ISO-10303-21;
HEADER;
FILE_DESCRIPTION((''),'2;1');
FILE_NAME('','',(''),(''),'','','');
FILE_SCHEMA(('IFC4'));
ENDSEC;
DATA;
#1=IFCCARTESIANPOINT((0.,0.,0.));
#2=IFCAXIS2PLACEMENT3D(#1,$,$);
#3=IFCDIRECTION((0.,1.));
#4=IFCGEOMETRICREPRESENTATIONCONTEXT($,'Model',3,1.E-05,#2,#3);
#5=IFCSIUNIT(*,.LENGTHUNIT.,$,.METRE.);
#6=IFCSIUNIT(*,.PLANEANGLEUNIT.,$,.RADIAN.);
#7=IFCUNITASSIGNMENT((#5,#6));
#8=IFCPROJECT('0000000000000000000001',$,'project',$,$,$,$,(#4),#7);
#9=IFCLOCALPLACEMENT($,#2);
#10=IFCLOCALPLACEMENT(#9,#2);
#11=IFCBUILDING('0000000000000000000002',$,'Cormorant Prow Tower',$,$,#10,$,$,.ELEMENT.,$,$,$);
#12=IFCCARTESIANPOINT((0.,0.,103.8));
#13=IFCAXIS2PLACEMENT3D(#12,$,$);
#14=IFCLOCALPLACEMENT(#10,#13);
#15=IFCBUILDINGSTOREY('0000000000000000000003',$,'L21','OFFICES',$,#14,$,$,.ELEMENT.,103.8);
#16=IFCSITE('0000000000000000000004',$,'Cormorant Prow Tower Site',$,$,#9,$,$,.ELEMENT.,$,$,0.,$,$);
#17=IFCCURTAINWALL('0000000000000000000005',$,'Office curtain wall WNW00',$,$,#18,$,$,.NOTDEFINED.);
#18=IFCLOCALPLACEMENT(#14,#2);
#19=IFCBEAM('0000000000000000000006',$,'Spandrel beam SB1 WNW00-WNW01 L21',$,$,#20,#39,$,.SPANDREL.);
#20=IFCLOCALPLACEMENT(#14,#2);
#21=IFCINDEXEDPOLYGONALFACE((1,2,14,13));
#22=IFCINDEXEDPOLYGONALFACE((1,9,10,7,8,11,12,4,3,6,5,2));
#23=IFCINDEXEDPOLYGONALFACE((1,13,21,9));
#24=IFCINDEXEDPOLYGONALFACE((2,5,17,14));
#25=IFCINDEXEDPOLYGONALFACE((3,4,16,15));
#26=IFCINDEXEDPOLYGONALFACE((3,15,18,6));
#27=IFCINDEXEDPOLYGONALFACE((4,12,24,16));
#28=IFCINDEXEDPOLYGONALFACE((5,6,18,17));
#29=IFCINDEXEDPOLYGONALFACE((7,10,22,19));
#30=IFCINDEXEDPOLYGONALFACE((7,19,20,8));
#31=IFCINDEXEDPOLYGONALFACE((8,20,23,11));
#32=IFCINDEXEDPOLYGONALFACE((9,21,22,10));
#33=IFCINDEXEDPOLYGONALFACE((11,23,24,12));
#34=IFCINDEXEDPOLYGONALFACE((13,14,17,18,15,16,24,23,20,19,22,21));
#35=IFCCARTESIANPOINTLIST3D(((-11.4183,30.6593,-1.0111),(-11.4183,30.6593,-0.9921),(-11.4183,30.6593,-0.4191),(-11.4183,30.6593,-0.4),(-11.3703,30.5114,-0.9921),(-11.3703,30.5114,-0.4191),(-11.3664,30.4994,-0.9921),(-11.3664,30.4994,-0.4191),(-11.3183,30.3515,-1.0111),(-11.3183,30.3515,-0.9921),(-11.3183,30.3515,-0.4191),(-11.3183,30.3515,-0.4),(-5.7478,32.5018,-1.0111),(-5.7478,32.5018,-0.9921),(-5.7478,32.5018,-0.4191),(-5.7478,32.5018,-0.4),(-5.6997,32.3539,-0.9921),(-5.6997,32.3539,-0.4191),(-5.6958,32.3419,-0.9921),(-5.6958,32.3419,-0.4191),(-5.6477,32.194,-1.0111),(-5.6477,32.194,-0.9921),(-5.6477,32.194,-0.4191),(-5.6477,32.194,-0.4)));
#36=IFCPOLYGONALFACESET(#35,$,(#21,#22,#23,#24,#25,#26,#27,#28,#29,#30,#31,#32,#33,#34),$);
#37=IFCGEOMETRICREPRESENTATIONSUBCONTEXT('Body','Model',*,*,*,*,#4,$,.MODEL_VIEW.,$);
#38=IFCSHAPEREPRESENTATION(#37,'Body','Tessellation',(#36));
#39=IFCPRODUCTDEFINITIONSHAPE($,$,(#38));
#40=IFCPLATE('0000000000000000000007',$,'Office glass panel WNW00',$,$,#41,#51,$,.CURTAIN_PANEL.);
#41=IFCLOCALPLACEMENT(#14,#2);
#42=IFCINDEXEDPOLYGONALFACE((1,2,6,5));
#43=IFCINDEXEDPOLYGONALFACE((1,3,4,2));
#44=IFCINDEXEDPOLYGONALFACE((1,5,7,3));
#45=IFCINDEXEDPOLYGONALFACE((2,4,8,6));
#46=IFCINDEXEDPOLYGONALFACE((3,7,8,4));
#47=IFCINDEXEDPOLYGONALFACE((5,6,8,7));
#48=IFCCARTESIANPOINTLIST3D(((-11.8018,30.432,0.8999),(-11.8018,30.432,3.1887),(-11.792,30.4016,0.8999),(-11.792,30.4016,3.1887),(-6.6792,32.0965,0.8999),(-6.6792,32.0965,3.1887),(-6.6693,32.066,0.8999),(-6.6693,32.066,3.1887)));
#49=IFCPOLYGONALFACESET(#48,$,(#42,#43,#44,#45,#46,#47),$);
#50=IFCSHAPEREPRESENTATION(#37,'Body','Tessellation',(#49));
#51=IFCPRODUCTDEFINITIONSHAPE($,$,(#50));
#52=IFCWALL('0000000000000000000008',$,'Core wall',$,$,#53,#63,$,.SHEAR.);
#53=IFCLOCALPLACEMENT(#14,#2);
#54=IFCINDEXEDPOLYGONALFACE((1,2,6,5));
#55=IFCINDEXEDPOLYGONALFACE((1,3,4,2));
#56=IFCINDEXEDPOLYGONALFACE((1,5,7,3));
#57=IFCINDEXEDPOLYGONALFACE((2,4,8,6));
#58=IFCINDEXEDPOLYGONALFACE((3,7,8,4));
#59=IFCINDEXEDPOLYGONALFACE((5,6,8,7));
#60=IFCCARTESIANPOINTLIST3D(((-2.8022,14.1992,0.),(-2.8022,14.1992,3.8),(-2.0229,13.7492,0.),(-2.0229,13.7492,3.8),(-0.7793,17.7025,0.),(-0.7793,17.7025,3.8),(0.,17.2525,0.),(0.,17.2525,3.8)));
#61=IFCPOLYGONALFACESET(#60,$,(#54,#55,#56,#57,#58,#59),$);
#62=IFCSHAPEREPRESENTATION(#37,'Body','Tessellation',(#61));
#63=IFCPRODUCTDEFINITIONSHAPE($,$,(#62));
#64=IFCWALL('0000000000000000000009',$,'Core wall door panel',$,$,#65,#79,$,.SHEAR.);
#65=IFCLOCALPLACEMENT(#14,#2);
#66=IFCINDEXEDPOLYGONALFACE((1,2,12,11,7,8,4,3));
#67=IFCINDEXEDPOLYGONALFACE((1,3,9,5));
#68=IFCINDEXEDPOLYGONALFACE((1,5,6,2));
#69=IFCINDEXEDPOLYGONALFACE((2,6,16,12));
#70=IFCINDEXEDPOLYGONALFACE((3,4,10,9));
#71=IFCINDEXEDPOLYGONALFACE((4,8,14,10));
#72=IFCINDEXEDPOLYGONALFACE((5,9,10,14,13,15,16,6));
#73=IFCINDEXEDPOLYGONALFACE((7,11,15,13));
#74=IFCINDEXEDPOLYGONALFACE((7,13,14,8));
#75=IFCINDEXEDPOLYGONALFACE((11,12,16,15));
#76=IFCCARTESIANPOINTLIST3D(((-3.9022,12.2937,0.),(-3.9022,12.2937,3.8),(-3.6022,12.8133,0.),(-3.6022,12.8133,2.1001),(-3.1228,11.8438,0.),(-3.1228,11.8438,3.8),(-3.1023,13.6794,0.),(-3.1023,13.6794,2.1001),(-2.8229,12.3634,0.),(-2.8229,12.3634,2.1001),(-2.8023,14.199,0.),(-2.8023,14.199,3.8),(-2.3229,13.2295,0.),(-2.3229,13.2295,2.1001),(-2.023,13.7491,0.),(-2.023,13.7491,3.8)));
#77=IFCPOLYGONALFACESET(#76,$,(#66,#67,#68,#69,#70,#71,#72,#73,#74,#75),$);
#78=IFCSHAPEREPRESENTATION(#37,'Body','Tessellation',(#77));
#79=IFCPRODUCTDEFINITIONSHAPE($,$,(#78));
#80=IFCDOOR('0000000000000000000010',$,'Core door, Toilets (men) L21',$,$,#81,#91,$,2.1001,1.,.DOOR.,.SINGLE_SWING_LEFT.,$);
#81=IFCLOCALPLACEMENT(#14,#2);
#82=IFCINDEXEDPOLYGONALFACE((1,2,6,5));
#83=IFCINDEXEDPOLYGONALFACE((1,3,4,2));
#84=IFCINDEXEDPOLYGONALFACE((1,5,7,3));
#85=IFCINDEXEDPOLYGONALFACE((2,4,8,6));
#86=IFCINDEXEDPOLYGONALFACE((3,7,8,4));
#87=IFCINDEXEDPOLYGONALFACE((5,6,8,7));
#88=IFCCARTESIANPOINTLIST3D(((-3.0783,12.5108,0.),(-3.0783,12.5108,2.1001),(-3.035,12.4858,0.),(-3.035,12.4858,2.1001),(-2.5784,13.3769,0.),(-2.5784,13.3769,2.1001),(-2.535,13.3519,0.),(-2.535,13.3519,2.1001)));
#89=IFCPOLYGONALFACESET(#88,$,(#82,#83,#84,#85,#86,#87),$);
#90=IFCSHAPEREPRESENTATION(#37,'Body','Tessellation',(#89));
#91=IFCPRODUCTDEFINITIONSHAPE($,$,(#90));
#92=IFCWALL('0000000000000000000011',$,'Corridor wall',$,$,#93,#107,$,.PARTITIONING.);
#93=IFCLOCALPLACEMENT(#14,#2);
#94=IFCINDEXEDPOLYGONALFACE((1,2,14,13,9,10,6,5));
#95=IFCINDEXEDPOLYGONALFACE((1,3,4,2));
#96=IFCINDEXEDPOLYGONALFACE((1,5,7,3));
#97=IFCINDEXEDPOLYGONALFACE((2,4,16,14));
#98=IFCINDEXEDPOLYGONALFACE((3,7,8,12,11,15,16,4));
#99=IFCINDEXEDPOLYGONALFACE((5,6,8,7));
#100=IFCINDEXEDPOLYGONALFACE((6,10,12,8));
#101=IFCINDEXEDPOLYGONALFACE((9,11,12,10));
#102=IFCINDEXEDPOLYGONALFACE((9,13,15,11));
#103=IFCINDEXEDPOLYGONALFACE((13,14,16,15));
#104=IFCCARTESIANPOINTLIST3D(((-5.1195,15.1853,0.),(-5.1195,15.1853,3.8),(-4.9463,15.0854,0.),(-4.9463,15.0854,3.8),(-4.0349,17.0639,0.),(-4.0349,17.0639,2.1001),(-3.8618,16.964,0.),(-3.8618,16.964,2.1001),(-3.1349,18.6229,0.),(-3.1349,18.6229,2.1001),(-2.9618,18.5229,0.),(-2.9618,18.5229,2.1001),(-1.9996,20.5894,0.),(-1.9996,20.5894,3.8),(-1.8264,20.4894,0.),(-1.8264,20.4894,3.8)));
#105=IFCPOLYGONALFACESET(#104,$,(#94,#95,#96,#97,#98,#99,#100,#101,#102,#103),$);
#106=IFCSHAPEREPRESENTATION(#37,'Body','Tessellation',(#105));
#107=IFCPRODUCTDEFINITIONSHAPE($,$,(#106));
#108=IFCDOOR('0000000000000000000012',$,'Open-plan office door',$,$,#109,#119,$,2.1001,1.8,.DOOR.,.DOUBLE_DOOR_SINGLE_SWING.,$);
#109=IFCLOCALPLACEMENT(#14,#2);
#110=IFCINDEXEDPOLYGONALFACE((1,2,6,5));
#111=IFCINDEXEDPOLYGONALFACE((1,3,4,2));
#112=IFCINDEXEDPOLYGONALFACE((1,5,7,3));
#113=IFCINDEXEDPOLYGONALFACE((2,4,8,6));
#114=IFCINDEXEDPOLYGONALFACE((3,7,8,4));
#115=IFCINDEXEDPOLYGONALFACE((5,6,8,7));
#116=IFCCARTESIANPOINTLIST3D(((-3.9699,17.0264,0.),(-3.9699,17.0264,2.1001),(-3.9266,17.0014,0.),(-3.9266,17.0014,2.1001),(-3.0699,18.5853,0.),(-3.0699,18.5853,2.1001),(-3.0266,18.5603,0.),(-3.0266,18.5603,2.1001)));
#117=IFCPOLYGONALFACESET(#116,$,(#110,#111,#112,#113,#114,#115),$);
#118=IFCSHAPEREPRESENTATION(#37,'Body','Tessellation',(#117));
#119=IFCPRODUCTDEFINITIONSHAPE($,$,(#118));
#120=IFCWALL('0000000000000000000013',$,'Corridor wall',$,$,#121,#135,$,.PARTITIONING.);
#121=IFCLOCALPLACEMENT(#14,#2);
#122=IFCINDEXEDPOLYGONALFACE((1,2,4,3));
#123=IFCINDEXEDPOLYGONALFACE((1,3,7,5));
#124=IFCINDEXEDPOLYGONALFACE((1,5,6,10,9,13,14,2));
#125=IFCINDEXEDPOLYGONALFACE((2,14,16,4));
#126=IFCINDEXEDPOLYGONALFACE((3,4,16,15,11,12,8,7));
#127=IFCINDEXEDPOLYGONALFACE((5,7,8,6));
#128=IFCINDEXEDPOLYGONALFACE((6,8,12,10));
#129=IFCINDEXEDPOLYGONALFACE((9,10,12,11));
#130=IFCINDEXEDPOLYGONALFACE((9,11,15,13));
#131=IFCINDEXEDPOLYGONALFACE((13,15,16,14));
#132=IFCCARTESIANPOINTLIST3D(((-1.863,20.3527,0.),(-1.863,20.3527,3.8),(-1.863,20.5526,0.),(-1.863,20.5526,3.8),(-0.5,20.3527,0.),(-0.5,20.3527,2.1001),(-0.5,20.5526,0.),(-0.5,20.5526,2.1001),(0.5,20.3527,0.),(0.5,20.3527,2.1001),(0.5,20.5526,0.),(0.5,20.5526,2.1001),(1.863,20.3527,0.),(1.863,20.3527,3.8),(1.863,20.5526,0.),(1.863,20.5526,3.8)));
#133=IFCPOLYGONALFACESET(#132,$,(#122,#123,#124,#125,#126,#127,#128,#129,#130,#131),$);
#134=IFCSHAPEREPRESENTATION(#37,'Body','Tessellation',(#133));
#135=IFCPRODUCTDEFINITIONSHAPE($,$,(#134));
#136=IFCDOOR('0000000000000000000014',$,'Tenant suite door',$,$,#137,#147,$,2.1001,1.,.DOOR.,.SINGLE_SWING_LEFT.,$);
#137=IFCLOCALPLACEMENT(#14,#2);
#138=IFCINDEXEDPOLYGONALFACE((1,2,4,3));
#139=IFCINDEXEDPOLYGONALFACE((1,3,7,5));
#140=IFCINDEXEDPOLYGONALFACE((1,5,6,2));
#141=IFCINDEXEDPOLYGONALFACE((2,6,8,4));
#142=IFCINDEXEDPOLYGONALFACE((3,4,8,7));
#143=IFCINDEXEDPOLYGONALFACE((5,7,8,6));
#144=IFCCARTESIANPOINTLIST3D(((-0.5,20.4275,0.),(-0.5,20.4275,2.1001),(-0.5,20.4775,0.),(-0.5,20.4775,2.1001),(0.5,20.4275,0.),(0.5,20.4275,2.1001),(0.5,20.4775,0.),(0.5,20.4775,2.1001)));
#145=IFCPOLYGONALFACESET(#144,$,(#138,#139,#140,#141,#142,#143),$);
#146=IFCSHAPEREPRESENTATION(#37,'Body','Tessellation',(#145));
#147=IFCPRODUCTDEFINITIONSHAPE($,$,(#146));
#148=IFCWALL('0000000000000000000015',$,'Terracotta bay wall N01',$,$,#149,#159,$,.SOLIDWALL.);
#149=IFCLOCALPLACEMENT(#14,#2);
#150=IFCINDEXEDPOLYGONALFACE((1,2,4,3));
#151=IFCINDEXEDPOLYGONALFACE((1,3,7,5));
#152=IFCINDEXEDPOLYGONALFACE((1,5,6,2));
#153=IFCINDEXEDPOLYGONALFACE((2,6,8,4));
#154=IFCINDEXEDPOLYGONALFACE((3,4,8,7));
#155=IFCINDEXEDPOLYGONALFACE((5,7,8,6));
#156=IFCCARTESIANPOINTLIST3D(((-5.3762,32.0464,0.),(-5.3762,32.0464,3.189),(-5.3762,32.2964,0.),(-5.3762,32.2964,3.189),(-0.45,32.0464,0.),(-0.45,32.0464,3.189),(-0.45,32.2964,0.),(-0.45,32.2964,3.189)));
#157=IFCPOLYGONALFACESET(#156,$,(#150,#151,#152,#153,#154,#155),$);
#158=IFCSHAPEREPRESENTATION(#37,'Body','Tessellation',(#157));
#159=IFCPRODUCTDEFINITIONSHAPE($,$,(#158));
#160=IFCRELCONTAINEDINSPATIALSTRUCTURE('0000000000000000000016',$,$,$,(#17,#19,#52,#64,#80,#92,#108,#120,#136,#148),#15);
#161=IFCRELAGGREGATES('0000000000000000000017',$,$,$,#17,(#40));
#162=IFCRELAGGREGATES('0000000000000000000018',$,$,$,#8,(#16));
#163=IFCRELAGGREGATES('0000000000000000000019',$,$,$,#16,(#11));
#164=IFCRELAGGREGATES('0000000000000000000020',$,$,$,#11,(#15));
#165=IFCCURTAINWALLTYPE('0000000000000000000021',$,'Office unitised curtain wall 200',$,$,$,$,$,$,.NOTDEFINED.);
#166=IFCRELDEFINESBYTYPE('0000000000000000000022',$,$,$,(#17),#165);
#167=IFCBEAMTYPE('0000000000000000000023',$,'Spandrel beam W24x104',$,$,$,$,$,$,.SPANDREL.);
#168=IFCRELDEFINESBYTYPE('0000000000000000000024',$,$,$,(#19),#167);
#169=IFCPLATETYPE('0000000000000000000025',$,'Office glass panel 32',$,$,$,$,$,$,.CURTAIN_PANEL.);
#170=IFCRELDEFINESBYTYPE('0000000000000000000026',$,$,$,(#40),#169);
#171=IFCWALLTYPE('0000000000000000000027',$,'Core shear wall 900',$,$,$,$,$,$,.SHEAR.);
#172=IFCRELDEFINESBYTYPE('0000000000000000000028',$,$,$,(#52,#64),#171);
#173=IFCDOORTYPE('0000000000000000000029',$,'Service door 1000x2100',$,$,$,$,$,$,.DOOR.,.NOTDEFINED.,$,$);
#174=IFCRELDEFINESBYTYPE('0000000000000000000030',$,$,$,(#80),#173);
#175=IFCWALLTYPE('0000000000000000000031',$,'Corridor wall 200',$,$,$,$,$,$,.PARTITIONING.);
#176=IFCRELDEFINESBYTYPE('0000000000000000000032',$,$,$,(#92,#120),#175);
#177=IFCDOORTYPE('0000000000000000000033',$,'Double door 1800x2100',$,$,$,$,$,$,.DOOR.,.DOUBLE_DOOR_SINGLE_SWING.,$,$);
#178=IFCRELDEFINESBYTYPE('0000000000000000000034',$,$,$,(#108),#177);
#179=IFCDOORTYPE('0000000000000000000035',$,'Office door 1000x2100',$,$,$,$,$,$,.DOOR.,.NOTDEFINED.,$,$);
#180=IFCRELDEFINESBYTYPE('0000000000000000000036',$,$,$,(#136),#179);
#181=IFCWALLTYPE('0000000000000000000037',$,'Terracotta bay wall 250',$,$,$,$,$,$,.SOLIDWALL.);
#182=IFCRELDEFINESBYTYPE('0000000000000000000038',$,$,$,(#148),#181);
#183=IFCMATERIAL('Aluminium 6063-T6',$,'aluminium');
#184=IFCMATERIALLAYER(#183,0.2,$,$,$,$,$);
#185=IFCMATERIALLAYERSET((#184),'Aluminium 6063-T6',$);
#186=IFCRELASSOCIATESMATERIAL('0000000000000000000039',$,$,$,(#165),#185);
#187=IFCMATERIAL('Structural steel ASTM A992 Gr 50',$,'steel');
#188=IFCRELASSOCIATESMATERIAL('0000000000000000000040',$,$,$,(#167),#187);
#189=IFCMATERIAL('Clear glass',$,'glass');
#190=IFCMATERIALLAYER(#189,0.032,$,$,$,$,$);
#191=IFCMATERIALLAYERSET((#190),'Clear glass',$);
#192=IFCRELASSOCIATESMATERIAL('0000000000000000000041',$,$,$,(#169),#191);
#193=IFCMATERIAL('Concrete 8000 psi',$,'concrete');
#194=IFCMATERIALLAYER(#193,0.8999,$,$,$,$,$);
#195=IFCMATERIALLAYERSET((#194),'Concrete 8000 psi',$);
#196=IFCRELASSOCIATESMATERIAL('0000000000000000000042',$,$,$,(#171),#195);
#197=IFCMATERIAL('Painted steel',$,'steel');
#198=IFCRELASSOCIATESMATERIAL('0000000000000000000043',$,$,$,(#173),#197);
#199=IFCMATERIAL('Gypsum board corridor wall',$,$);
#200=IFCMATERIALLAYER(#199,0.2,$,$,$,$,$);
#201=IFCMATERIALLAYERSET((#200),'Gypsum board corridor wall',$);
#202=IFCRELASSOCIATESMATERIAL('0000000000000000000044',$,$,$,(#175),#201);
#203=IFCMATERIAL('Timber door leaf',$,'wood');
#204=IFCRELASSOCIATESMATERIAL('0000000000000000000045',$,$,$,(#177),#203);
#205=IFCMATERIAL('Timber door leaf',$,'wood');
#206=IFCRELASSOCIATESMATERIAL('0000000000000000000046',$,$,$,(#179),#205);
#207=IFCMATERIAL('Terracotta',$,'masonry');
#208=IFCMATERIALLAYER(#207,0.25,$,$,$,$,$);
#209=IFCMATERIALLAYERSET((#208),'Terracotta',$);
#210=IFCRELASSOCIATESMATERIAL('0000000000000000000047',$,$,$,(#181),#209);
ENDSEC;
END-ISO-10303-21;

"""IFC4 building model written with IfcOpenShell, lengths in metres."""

from ifc_helpers import new_model, si_unit, direction, frame, frame_2d, origin, origin_2d, place, context, subcontext, project, spatial, rectangle, i_section, extrude, material, layer, layer_set, material_profile, profile_set, type_object, element, fill, aggregate, save


model = new_model("IFC4")

# Units and contexts
model_context = context("Model", 3, precision=1e-05, world=origin(), true_north=direction((0.0, 1.0)))
body_context = subcontext(model_context, "Body", "Model", "MODEL_VIEW")
ifc_project = project(units=[si_unit("LENGTHUNIT", "METRE"), si_unit("PLANEANGLEUNIT", "RADIAN")], contexts=[model_context])

# Site, building, storey
site_placement = place(None, origin())
site = spatial("IfcSite", under=ifc_project, at=site_placement, Name="Cormorant Prow Tower Site", CompositionType="ELEMENT", RefElevation=0.0)
building_placement = place(site_placement, origin())
building = spatial("IfcBuilding", under=site, at=building_placement, Name="Cormorant Prow Tower", CompositionType="ELEMENT")
storey_placement = place(building_placement, frame((0.0, 0.0, 103.8)))
storey = spatial("IfcBuildingStorey", under=building, at=storey_placement, Name="L21", Description="OFFICES", CompositionType="ELEMENT", Elevation=103.8)

# Curtain wall
ifc_material_1 = material(Name="Aluminium 6063-T6", Category="aluminium")
ifc_layer_1 = layer(ifc_material_1, 0.2)
ifc_layer_set_1 = layer_set([ifc_layer_1], Name="Aluminium 6063-T6")
curtain_wall_type = type_object("IfcCurtainWallType", Name="Office unitised curtain wall 200", PredefinedType="NOTDEFINED", material=ifc_layer_set_1)
curtain_wall_placement = place(storey_placement, origin())
curtain_wall = element("IfcCurtainWall", 1, at=curtain_wall_placement, inside=storey, type_object=curtain_wall_type, Name="Office curtain wall WNW00", PredefinedType="NOTDEFINED")

# Beam
ifc_material_2 = material(Name="Structural steel ASTM A992 Gr 50", Category="steel")
ifc_material_profile_1 = material_profile(ifc_material_2, i_section(OverallWidth=0.3237, OverallDepth=0.6111, WebThickness=0.0127, FlangeThickness=0.019, at=origin_2d()), Name="W24x104")
ifc_profile_set_1 = profile_set([ifc_material_profile_1], Name="Structural steel ASTM A992 Gr 50")
beam_type_1 = type_object("IfcBeamType", Name="Spandrel beam W24x104", PredefinedType="SPANDREL", material=ifc_profile_set_1)
beam_1_placement = place(storey_placement, frame((-5.6978, 32.3479, -0.7056), z_axis=(-0.951055, -0.30902, 0.0), x_axis=(0.30902, -0.951055, 0.0)))
element("IfcBeam", 2, at=beam_1_placement, inside=storey, type_object=beam_type_1, Name="Spandrel beam SB1 WNW00-WNW01 L21", PredefinedType="SPANDREL", context=body_context, shape_type="SweptSolid", body=[
    extrude(i_section(OverallWidth=0.3237, OverallDepth=0.6111, WebThickness=0.0127, FlangeThickness=0.019, at=origin_2d()), origin(), (0.0, 0.0, 1.0), 5.9624),
])

# Plate
ifc_material_3 = material(Name="Clear glass", Category="glass")
ifc_layer_2 = layer(ifc_material_3, 0.032)
ifc_layer_set_2 = layer_set([ifc_layer_2], Name="Clear glass")
plate_type = type_object("IfcPlateType", Name="Office glass panel 32", PredefinedType="CURTAIN_PANEL", material=ifc_layer_set_2)
plate_placement = place(storey_placement, frame((-9.2356, 31.249, 0.8999), z_axis=(0.0, 0.0, 1.0), x_axis=(-0.951057, -0.309017, 0.0)))
plate = element("IfcPlate", 3, at=plate_placement, type_object=plate_type, Name="Office glass panel WNW00", PredefinedType="CURTAIN_PANEL", context=body_context, shape_type="SweptSolid", body=[
    extrude(rectangle(XDim=5.3862, YDim=0.032, at=origin_2d()), origin(), (0.0, 0.0, 1.0), 2.2888),
])
aggregate(curtain_wall, [plate])

# Wall
ifc_material_4 = material(Name="Concrete 8000 psi", Category="concrete")
ifc_layer_3 = layer(ifc_material_4, 0.8999)
ifc_layer_set_3 = layer_set([ifc_layer_3], Name="Concrete 8000 psi")
wall_type_1 = type_object("IfcWallType", Name="Core shear wall 900", PredefinedType="SHEAR", material=ifc_layer_set_3)
wall_1_placement = place(storey_placement, frame((-0.3896, 17.4775, 0.0), z_axis=(0.0, 0.0, 1.0), x_axis=(-0.500046, -0.865999, 0.0)))
element("IfcWall", 4, at=wall_1_placement, inside=storey, type_object=wall_type_1, Name="Core wall", PredefinedType="SHEAR", context=body_context, shape_type="SweptSolid", body=[
    extrude(rectangle(XDim=4.0454, YDim=0.8999, at=frame_2d((2.0227, 0.0))), origin(), (0.0, 0.0, 1.0), 3.8),
])

# Walls, openings, doors
wall_2_placement = place(storey_placement, frame((-2.4126, 13.9741, 0.0), z_axis=(0.0, 0.0, 1.0), x_axis=(-0.499947, -0.866056, 0.0)))
wall_2 = element("IfcWall", 5, at=wall_2_placement, inside=storey, type_object=wall_type_1, Name="Core wall door panel", PredefinedType="SHEAR", context=body_context, shape_type="SweptSolid", body=[
    extrude(rectangle(XDim=2.2, YDim=0.8999, at=frame_2d((1.1001, 0.0))), origin(), (0.0, 0.0, 1.0), 3.8),
])
opening_1_placement = place(wall_2_placement, frame((0.6001, 0.0, 0.0)))
opening_1 = element("IfcOpeningElement", 6, at=opening_1_placement, cuts=wall_2, PredefinedType="OPENING", context=body_context, shape_type="SweptSolid", body=[
    extrude(rectangle(XDim=1.0, YDim=2.1001, at=frame_2d((0.5, 1.05))), frame((0.0, 0.46, 0.0), z_axis=(0.0, -1.0, 0.0), x_axis=(1.0, 0.0, 0.0)), (0.0, 0.0, 1.0), 0.9199),
])
ifc_material_5 = material(Name="Painted steel", Category="steel")
door_type_1 = type_object("IfcDoorType", Name="Service door 1000x2100", OperationType="NOTDEFINED", PredefinedType="DOOR", material=ifc_material_5)
door_1_placement = place(opening_1_placement, origin())
door_1 = element("IfcDoor", 7, at=door_1_placement, inside=storey, type_object=door_type_1, Name="Core door, Toilets (men) L21", OperationType="SINGLE_SWING_LEFT", OverallHeight=2.1001, OverallWidth=1.0, PredefinedType="DOOR", context=body_context, shape_type="SweptSolid", body=[
    extrude(rectangle(XDim=1.0, YDim=2.1001, at=frame_2d((0.5, 1.05))), frame((0.0, 0.2051, 0.0), z_axis=(0.0, -1.0, 0.0), x_axis=(1.0, 0.0, 0.0)), (0.0, 0.0, 1.0), 0.05),
])
fill(opening_1, door_1)
ifc_material_6 = material(Name="Gypsum board corridor wall")
ifc_layer_4 = layer(ifc_material_6, 0.2)
ifc_layer_set_4 = layer_set([ifc_layer_4], Name="Gypsum board corridor wall")
wall_type_2 = type_object("IfcWallType", Name="Corridor wall 200", PredefinedType="PARTITIONING", material=ifc_layer_set_4)
wall_3_placement = place(storey_placement, frame((-5.033, 15.1353, 0.0), z_axis=(0.0, 0.0, 1.0), x_axis=(0.499981, 0.866036, 0.0)))
wall_3 = element("IfcWall", 8, at=wall_3_placement, inside=storey, type_object=wall_type_2, Name="Corridor wall", PredefinedType="PARTITIONING", context=body_context, shape_type="SweptSolid", body=[
    extrude(rectangle(XDim=6.24, YDim=0.2, at=frame_2d((3.1201, 0.0))), origin(), (0.0, 0.0, 1.0), 3.8),
])
opening_2_placement = place(wall_3_placement, frame((2.1694, 0.0, 0.0)))
opening_2 = element("IfcOpeningElement", 9, at=opening_2_placement, cuts=wall_3, PredefinedType="OPENING", context=body_context, shape_type="SweptSolid", body=[
    extrude(rectangle(XDim=1.8, YDim=2.1001, at=frame_2d((0.8999, 1.05))), frame((0.0, 0.1099, 0.0), z_axis=(0.0, -1.0, 0.0), x_axis=(1.0, 0.0, 0.0)), (0.0, 0.0, 1.0), 0.22),
])
ifc_material_7 = material(Name="Timber door leaf", Category="wood")
door_type_2 = type_object("IfcDoorType", Name="Double door 1800x2100", OperationType="DOUBLE_DOOR_SINGLE_SWING", PredefinedType="DOOR", material=ifc_material_7)
door_2_placement = place(opening_2_placement, origin())
door_2 = element("IfcDoor", 10, at=door_2_placement, inside=storey, type_object=door_type_2, Name="Open-plan office door", OperationType="DOUBLE_DOOR_SINGLE_SWING", OverallHeight=2.1001, OverallWidth=1.8, PredefinedType="DOOR", context=body_context, shape_type="SweptSolid", body=[
    extrude(rectangle(XDim=1.8, YDim=2.1001, at=frame_2d((0.8999, 1.05))), frame((0.0, 0.0249, 0.0), z_axis=(0.0, -1.0, 0.0), x_axis=(1.0, 0.0, 0.0)), (0.0, 0.0, 1.0), 0.05),
])
fill(opening_2, door_2)
wall_4_placement = place(storey_placement, frame((-1.863, 20.4526, 0.0), z_axis=(0.0, 0.0, 1.0), x_axis=(1.0, 0.0, 0.0)))
wall_4 = element("IfcWall", 11, at=wall_4_placement, inside=storey, type_object=wall_type_2, Name="Corridor wall", PredefinedType="PARTITIONING", context=body_context, shape_type="SweptSolid", body=[
    extrude(rectangle(XDim=3.7261, YDim=0.2, at=frame_2d((1.863, 0.0))), origin(), (0.0, 0.0, 1.0), 3.8),
])
opening_3_placement = place(wall_4_placement, frame((1.363, 0.0, 0.0)))
opening_3 = element("IfcOpeningElement", 12, at=opening_3_placement, cuts=wall_4, PredefinedType="OPENING", context=body_context, shape_type="SweptSolid", body=[
    extrude(rectangle(XDim=1.0, YDim=2.1001, at=frame_2d((0.5, 1.05))), frame((0.0, 0.1099, 0.0), z_axis=(0.0, -1.0, 0.0), x_axis=(1.0, 0.0, 0.0)), (0.0, 0.0, 1.0), 0.22),
])
ifc_material_8 = material(Name="Timber door leaf", Category="wood")
door_type_3 = type_object("IfcDoorType", Name="Office door 1000x2100", OperationType="NOTDEFINED", PredefinedType="DOOR", material=ifc_material_8)
door_3_placement = place(opening_3_placement, origin())
door_3 = element("IfcDoor", 13, at=door_3_placement, inside=storey, type_object=door_type_3, Name="Tenant suite door", OperationType="SINGLE_SWING_LEFT", OverallHeight=2.1001, OverallWidth=1.0, PredefinedType="DOOR", context=body_context, shape_type="SweptSolid", body=[
    extrude(rectangle(XDim=1.0, YDim=2.1001, at=frame_2d((0.5, 1.05))), frame((0.0, 0.0249, 0.0), z_axis=(0.0, -1.0, 0.0), x_axis=(1.0, 0.0, 0.0)), (0.0, 0.0, 1.0), 0.05),
])
fill(opening_3, door_3)

# Wall
ifc_material_9 = material(Name="Terracotta", Category="masonry")
ifc_layer_5 = layer(ifc_material_9, 0.25)
ifc_layer_set_5 = layer_set([ifc_layer_5], Name="Terracotta")
wall_type_3 = type_object("IfcWallType", Name="Terracotta bay wall 250", PredefinedType="SOLIDWALL", material=ifc_layer_set_5)
wall_5_placement = place(storey_placement, frame((-0.45, 32.1714, 0.0), z_axis=(0.0, 0.0, 1.0), x_axis=(-1.0, 0.0, 0.0)))
element("IfcWall", 14, at=wall_5_placement, inside=storey, type_object=wall_type_3, Name="Terracotta bay wall N01", PredefinedType="SOLIDWALL", context=body_context, shape_type="SweptSolid", body=[
    extrude(rectangle(XDim=4.9263, YDim=0.25, at=frame_2d((2.4631, 0.0))), origin(), (0.0, 0.0, 1.0), 3.189),
])

save(model, "model.ifc")
